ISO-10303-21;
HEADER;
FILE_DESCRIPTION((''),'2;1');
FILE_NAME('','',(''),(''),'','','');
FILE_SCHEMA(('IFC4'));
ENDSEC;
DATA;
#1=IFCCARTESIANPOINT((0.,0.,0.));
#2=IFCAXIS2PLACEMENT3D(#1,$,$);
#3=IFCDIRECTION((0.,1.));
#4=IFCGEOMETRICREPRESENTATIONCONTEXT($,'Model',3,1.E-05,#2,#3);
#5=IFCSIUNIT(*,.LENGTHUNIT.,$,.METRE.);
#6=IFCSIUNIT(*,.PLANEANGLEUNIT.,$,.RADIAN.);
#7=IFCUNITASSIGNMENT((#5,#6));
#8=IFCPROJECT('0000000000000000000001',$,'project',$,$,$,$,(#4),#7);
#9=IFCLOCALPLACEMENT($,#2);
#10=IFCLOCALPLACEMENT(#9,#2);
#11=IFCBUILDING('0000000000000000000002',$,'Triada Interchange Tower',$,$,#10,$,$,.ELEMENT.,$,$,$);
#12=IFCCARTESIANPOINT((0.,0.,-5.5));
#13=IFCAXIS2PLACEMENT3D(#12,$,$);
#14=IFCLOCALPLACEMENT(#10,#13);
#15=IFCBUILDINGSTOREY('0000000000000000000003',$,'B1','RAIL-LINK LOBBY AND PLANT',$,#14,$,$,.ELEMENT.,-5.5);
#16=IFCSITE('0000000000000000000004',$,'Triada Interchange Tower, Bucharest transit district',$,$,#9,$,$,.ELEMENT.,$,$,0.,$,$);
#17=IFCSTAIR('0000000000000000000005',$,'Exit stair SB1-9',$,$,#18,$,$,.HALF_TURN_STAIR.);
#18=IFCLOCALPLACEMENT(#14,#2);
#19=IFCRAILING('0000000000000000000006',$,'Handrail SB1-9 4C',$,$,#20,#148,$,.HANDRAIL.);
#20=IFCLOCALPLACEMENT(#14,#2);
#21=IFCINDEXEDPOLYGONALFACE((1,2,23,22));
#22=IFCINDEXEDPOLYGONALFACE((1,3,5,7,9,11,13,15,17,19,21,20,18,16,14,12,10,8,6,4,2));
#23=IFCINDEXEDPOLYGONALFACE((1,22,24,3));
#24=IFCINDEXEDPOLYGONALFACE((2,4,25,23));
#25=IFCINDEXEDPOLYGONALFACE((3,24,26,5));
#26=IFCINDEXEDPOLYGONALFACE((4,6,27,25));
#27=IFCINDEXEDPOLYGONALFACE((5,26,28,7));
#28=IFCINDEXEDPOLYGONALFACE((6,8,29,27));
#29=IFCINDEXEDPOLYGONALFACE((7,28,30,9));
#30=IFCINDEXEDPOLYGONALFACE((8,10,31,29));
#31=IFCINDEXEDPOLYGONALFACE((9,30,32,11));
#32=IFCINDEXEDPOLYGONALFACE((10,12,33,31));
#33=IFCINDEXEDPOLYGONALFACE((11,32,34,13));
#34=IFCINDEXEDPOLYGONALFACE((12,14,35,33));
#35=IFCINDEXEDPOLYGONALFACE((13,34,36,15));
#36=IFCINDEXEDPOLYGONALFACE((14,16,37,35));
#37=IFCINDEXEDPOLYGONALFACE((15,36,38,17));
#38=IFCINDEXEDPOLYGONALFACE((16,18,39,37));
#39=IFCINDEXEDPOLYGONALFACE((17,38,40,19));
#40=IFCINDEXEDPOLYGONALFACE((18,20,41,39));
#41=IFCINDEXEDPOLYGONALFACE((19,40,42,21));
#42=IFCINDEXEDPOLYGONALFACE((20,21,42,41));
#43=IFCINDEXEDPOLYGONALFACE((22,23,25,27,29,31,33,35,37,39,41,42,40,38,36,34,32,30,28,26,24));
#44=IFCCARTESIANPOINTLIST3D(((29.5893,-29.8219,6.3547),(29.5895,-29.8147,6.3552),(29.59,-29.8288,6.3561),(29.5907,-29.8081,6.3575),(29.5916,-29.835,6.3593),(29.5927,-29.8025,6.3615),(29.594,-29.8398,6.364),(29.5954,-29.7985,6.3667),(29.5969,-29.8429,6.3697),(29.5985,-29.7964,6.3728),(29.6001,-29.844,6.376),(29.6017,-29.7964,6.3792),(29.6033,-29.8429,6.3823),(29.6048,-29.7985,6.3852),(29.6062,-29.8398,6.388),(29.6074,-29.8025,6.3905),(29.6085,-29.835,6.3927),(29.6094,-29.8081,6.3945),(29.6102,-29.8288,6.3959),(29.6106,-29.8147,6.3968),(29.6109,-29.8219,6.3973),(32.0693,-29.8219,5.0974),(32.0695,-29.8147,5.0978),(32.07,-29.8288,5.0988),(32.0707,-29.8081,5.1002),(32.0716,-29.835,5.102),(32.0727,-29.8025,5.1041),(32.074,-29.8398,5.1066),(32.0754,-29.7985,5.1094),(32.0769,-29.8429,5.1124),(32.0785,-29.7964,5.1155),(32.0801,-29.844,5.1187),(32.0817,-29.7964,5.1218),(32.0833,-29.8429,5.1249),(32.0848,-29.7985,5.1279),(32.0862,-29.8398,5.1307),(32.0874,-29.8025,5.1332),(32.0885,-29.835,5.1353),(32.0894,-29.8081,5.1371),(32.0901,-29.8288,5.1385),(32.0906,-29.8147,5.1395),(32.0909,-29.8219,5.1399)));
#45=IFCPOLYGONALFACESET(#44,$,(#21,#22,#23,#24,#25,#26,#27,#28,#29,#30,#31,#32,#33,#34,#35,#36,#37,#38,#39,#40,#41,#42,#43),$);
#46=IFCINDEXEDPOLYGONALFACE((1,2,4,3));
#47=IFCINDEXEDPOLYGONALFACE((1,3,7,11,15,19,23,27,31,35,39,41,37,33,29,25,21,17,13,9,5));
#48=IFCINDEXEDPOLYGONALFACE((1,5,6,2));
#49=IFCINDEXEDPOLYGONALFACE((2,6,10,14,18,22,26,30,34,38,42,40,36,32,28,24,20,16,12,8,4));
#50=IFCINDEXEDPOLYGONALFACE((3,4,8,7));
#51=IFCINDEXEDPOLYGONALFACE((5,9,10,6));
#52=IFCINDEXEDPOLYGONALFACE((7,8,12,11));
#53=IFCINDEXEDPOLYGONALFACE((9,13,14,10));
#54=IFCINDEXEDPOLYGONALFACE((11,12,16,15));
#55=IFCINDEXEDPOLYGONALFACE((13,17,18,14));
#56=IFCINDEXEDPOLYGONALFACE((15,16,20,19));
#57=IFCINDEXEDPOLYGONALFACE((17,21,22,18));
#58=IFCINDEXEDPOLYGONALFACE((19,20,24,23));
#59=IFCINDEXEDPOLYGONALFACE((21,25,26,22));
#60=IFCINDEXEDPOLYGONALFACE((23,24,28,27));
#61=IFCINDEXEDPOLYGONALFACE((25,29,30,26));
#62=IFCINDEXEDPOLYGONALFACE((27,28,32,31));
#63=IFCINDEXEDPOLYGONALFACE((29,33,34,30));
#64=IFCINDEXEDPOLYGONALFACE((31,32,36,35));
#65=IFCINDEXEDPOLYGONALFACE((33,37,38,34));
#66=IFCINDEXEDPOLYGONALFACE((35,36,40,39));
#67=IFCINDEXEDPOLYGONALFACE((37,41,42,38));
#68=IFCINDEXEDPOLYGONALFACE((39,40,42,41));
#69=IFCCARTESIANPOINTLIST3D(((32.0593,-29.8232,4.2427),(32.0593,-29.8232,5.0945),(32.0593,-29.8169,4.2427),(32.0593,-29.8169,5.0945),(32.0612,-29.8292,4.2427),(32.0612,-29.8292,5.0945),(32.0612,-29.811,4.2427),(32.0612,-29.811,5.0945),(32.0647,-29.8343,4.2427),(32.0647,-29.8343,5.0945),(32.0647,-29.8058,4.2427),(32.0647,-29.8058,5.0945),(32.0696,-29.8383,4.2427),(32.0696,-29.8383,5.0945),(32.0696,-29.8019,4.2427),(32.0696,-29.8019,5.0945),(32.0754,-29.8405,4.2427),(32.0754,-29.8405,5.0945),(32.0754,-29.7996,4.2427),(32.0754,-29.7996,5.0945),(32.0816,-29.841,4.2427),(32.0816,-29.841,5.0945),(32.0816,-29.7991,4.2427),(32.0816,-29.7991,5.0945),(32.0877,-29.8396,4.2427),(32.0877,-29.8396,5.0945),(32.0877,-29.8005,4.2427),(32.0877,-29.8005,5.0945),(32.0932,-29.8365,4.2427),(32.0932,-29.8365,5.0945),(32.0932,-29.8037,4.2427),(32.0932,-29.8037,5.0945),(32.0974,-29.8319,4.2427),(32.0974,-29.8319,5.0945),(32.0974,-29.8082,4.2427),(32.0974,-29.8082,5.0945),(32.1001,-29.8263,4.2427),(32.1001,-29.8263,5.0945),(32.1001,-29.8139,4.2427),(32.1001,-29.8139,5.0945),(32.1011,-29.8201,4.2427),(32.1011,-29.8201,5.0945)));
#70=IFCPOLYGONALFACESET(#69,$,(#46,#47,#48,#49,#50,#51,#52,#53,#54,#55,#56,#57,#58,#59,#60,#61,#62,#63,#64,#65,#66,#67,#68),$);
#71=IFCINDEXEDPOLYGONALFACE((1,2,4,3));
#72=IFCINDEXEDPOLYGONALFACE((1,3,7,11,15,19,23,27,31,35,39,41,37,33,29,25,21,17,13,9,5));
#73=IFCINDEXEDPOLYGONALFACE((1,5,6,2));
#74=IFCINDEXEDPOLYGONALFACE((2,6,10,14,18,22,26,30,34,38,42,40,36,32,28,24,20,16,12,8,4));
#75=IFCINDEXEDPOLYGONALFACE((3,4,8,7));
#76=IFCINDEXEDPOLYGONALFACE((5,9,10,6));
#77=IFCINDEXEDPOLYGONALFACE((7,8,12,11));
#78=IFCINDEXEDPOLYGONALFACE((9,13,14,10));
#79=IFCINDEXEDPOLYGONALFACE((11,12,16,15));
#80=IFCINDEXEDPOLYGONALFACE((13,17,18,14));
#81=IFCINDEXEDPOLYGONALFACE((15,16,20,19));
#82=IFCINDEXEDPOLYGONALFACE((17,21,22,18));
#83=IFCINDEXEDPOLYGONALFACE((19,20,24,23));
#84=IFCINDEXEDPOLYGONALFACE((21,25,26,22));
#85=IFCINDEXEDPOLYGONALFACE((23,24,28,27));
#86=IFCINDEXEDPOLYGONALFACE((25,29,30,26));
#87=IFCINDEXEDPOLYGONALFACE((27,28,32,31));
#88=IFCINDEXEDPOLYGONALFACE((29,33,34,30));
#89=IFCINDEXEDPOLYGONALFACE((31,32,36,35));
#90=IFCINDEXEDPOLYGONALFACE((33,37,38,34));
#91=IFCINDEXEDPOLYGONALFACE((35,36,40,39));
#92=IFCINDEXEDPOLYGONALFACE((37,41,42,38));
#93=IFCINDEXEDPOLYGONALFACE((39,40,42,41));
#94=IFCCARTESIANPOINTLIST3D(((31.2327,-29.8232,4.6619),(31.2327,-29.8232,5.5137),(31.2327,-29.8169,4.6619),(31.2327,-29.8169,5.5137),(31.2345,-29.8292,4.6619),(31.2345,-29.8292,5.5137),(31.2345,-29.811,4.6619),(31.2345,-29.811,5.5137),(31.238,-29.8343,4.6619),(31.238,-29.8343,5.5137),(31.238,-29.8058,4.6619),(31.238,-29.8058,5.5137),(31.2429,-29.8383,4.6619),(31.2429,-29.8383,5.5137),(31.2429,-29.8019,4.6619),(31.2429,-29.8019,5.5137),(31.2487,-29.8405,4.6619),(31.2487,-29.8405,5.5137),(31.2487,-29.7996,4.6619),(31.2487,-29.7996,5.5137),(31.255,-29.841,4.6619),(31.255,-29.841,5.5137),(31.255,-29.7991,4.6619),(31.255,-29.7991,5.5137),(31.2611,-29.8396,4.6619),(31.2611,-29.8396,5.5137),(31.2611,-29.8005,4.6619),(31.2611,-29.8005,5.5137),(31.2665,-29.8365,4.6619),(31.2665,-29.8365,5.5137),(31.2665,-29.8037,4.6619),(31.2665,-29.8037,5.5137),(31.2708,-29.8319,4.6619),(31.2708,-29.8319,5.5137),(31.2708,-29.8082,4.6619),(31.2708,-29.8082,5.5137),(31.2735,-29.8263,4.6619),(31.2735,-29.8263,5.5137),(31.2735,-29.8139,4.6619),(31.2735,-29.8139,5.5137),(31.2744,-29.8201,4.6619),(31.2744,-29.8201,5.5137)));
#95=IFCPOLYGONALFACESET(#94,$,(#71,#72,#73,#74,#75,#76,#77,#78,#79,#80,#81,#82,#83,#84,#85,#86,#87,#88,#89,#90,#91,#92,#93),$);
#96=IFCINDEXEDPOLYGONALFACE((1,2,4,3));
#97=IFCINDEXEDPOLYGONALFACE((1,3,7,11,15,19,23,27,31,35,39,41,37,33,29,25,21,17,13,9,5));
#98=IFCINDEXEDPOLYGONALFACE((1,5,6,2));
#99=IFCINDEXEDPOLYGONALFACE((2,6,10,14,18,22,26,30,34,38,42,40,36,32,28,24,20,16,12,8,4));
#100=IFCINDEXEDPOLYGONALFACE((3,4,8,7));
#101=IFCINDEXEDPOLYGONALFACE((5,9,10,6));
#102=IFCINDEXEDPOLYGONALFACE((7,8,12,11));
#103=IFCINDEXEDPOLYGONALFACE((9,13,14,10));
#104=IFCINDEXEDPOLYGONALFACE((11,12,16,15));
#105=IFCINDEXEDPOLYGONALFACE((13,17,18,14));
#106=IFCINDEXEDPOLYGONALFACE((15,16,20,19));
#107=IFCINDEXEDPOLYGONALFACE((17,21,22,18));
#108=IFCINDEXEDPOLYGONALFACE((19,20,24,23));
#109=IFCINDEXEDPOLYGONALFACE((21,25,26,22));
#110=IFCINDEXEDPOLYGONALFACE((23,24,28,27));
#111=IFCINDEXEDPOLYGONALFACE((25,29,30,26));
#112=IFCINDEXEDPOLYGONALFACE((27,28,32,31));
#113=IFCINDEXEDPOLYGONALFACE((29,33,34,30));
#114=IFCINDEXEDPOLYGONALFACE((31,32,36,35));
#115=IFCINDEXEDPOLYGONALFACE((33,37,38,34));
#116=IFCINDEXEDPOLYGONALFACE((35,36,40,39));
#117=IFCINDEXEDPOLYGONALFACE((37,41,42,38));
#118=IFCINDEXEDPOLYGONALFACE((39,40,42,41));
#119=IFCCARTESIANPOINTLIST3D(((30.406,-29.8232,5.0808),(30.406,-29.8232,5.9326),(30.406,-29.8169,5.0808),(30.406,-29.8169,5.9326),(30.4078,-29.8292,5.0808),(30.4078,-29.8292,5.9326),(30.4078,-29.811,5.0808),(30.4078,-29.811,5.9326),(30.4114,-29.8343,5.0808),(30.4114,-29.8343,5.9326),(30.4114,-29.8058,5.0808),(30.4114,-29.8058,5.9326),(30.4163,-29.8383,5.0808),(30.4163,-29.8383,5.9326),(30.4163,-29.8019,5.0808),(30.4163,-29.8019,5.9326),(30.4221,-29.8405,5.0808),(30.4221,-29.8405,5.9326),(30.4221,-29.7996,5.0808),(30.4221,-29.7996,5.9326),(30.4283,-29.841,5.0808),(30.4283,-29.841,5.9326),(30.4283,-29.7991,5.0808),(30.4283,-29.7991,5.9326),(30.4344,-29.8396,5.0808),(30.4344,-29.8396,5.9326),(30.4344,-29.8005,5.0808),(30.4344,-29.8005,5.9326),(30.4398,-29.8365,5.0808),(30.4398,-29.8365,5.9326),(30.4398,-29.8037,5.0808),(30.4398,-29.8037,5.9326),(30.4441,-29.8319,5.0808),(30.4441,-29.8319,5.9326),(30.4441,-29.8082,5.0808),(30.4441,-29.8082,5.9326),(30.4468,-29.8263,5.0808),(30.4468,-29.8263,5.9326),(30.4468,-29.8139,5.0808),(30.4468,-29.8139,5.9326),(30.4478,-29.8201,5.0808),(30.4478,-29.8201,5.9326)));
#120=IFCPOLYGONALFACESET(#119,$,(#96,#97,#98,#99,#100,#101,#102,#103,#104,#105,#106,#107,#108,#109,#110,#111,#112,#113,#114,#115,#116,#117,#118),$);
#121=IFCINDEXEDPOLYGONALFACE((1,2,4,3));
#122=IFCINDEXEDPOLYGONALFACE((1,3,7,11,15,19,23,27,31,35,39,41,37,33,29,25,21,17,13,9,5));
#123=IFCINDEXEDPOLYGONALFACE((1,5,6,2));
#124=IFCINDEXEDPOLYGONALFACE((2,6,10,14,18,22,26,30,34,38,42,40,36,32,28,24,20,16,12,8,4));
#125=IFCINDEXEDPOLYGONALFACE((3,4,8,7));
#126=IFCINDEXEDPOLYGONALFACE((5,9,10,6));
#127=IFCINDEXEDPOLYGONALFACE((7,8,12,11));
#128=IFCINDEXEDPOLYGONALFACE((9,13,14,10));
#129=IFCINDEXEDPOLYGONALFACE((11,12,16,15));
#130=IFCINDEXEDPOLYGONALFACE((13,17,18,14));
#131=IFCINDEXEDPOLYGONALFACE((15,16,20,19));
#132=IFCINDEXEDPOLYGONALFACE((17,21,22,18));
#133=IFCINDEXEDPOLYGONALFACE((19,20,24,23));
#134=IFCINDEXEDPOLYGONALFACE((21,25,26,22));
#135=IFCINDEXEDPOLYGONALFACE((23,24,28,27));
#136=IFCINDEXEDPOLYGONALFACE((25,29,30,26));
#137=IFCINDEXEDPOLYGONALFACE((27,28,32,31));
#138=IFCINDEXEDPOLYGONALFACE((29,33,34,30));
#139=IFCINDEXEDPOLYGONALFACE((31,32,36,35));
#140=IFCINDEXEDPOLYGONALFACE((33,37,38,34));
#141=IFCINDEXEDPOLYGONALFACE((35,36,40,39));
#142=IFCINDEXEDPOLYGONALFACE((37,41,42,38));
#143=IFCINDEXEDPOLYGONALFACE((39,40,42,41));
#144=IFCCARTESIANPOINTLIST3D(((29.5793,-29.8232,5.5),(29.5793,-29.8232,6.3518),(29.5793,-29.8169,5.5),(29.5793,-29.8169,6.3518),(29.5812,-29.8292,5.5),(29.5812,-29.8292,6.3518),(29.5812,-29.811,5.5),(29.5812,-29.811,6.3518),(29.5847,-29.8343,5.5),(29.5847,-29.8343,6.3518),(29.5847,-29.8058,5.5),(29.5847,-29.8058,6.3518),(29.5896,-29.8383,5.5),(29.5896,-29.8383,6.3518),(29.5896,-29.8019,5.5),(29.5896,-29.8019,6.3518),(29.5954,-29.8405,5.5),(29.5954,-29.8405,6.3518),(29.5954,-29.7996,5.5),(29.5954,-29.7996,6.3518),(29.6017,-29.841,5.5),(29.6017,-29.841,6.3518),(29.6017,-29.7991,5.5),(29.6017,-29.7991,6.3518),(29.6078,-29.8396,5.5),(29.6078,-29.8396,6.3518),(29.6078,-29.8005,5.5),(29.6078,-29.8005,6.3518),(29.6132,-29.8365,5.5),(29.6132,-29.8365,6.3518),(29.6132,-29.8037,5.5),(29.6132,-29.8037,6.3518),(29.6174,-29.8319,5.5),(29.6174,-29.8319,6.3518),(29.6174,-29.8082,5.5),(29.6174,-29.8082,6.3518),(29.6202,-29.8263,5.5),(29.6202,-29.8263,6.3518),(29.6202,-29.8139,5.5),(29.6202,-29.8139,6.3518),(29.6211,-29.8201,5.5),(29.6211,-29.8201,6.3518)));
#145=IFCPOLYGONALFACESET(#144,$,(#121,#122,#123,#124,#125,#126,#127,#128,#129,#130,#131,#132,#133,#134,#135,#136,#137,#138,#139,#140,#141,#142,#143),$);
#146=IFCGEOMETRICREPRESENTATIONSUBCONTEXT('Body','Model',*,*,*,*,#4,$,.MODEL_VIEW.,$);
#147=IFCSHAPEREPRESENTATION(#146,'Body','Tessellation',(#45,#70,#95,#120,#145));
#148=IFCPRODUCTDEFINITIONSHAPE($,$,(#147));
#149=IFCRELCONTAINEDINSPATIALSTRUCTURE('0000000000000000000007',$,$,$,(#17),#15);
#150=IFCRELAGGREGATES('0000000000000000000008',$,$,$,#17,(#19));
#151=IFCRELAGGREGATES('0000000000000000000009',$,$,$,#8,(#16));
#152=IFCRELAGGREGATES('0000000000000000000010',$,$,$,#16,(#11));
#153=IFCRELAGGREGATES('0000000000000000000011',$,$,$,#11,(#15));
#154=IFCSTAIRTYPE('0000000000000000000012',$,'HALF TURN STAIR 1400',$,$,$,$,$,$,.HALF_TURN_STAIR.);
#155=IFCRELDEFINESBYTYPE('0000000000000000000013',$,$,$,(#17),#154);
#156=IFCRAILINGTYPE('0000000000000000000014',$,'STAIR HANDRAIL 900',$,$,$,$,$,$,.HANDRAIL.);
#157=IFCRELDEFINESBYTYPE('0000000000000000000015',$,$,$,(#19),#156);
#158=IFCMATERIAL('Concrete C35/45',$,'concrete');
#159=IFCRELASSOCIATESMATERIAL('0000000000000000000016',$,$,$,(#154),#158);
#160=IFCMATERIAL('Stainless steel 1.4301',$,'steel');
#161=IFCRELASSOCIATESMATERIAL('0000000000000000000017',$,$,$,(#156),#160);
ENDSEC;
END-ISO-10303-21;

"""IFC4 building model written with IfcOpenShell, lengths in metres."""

from ifc_helpers import new_model, si_unit, direction, frame, origin, origin_2d, place, context, subcontext, project, spatial, circle, extrude, material, type_object, element, aggregate, save


model = new_model("IFC4")

# Units and contexts
model_context = context("Model", 3, precision=1e-05, world=origin(), true_north=direction((0.0, 1.0)))
body_context = subcontext(model_context, "Body", "Model", "MODEL_VIEW")
ifc_project = project(units=[si_unit("LENGTHUNIT", "METRE"), si_unit("PLANEANGLEUNIT", "RADIAN")], contexts=[model_context])

# Site, building, storey
site_placement = place(None, origin())
site = spatial("IfcSite", under=ifc_project, at=site_placement, Name="Triada Interchange Tower, Bucharest transit district", CompositionType="ELEMENT", RefElevation=0.0)
building_placement = place(site_placement, origin())
building = spatial("IfcBuilding", under=site, at=building_placement, Name="Triada Interchange Tower", CompositionType="ELEMENT")
storey_placement = place(building_placement, frame((0.0, 0.0, -5.5)))
storey = spatial("IfcBuildingStorey", under=building, at=storey_placement, Name="B1", Description="RAIL-LINK LOBBY AND PLANT", CompositionType="ELEMENT", Elevation=-5.5)

# Shared definitions
ifc_material_1 = material(Name="Concrete C35/45", Category="concrete")

# Stair, railing
stair_type = type_object("IfcStairType", Name="HALF TURN STAIR 1400", PredefinedType="HALF_TURN_STAIR", material=ifc_material_1)
stair_placement = place(storey_placement, origin())
stair = element("IfcStair", 1, at=stair_placement, inside=storey, type_object=stair_type, Name="Exit stair SB1-9", PredefinedType="HALF_TURN_STAIR")
ifc_material_2 = material(Name="Stainless steel 1.4301", Category="steel")
railing_type = type_object("IfcRailingType", Name="STAIR HANDRAIL 900", PredefinedType="HANDRAIL", material=ifc_material_2)
railing_1_placement = place(storey_placement, frame((32.0801, -29.8201, 4.2427)))
railing_1 = element("IfcRailing", 2, at=railing_1_placement, type_object=railing_type, Name="Handrail SB1-9 4C", PredefinedType="HANDRAIL", context=body_context, shape_type="SweptSolid", body=[
    extrude(circle(Radius=0.0239, at=origin_2d()), frame((0.0, 0.0, 0.876), z_axis=(-0.89192, 0.0, 0.452194), x_axis=(0.0, -1.0, 0.0)), (0.0, 0.0, 1.0), 2.7805),
    extrude(circle(Radius=0.021, at=origin_2d()), origin(), (0.0, 0.0, 1.0), 0.8518),
    extrude(circle(Radius=0.021, at=origin_2d()), frame((-0.8267, 0.0, 0.4192)), (0.0, 0.0, 1.0), 0.8518),
    extrude(circle(Radius=0.021, at=origin_2d()), frame((-1.6533, 0.0, 0.8381)), (0.0, 0.0, 1.0), 0.8518),
    extrude(circle(Radius=0.021, at=origin_2d()), frame((-2.48, 0.0, 1.2573)), (0.0, 0.0, 1.0), 0.8518),
])
aggregate(stair, [railing_1])

save(model, "model.ifc")
